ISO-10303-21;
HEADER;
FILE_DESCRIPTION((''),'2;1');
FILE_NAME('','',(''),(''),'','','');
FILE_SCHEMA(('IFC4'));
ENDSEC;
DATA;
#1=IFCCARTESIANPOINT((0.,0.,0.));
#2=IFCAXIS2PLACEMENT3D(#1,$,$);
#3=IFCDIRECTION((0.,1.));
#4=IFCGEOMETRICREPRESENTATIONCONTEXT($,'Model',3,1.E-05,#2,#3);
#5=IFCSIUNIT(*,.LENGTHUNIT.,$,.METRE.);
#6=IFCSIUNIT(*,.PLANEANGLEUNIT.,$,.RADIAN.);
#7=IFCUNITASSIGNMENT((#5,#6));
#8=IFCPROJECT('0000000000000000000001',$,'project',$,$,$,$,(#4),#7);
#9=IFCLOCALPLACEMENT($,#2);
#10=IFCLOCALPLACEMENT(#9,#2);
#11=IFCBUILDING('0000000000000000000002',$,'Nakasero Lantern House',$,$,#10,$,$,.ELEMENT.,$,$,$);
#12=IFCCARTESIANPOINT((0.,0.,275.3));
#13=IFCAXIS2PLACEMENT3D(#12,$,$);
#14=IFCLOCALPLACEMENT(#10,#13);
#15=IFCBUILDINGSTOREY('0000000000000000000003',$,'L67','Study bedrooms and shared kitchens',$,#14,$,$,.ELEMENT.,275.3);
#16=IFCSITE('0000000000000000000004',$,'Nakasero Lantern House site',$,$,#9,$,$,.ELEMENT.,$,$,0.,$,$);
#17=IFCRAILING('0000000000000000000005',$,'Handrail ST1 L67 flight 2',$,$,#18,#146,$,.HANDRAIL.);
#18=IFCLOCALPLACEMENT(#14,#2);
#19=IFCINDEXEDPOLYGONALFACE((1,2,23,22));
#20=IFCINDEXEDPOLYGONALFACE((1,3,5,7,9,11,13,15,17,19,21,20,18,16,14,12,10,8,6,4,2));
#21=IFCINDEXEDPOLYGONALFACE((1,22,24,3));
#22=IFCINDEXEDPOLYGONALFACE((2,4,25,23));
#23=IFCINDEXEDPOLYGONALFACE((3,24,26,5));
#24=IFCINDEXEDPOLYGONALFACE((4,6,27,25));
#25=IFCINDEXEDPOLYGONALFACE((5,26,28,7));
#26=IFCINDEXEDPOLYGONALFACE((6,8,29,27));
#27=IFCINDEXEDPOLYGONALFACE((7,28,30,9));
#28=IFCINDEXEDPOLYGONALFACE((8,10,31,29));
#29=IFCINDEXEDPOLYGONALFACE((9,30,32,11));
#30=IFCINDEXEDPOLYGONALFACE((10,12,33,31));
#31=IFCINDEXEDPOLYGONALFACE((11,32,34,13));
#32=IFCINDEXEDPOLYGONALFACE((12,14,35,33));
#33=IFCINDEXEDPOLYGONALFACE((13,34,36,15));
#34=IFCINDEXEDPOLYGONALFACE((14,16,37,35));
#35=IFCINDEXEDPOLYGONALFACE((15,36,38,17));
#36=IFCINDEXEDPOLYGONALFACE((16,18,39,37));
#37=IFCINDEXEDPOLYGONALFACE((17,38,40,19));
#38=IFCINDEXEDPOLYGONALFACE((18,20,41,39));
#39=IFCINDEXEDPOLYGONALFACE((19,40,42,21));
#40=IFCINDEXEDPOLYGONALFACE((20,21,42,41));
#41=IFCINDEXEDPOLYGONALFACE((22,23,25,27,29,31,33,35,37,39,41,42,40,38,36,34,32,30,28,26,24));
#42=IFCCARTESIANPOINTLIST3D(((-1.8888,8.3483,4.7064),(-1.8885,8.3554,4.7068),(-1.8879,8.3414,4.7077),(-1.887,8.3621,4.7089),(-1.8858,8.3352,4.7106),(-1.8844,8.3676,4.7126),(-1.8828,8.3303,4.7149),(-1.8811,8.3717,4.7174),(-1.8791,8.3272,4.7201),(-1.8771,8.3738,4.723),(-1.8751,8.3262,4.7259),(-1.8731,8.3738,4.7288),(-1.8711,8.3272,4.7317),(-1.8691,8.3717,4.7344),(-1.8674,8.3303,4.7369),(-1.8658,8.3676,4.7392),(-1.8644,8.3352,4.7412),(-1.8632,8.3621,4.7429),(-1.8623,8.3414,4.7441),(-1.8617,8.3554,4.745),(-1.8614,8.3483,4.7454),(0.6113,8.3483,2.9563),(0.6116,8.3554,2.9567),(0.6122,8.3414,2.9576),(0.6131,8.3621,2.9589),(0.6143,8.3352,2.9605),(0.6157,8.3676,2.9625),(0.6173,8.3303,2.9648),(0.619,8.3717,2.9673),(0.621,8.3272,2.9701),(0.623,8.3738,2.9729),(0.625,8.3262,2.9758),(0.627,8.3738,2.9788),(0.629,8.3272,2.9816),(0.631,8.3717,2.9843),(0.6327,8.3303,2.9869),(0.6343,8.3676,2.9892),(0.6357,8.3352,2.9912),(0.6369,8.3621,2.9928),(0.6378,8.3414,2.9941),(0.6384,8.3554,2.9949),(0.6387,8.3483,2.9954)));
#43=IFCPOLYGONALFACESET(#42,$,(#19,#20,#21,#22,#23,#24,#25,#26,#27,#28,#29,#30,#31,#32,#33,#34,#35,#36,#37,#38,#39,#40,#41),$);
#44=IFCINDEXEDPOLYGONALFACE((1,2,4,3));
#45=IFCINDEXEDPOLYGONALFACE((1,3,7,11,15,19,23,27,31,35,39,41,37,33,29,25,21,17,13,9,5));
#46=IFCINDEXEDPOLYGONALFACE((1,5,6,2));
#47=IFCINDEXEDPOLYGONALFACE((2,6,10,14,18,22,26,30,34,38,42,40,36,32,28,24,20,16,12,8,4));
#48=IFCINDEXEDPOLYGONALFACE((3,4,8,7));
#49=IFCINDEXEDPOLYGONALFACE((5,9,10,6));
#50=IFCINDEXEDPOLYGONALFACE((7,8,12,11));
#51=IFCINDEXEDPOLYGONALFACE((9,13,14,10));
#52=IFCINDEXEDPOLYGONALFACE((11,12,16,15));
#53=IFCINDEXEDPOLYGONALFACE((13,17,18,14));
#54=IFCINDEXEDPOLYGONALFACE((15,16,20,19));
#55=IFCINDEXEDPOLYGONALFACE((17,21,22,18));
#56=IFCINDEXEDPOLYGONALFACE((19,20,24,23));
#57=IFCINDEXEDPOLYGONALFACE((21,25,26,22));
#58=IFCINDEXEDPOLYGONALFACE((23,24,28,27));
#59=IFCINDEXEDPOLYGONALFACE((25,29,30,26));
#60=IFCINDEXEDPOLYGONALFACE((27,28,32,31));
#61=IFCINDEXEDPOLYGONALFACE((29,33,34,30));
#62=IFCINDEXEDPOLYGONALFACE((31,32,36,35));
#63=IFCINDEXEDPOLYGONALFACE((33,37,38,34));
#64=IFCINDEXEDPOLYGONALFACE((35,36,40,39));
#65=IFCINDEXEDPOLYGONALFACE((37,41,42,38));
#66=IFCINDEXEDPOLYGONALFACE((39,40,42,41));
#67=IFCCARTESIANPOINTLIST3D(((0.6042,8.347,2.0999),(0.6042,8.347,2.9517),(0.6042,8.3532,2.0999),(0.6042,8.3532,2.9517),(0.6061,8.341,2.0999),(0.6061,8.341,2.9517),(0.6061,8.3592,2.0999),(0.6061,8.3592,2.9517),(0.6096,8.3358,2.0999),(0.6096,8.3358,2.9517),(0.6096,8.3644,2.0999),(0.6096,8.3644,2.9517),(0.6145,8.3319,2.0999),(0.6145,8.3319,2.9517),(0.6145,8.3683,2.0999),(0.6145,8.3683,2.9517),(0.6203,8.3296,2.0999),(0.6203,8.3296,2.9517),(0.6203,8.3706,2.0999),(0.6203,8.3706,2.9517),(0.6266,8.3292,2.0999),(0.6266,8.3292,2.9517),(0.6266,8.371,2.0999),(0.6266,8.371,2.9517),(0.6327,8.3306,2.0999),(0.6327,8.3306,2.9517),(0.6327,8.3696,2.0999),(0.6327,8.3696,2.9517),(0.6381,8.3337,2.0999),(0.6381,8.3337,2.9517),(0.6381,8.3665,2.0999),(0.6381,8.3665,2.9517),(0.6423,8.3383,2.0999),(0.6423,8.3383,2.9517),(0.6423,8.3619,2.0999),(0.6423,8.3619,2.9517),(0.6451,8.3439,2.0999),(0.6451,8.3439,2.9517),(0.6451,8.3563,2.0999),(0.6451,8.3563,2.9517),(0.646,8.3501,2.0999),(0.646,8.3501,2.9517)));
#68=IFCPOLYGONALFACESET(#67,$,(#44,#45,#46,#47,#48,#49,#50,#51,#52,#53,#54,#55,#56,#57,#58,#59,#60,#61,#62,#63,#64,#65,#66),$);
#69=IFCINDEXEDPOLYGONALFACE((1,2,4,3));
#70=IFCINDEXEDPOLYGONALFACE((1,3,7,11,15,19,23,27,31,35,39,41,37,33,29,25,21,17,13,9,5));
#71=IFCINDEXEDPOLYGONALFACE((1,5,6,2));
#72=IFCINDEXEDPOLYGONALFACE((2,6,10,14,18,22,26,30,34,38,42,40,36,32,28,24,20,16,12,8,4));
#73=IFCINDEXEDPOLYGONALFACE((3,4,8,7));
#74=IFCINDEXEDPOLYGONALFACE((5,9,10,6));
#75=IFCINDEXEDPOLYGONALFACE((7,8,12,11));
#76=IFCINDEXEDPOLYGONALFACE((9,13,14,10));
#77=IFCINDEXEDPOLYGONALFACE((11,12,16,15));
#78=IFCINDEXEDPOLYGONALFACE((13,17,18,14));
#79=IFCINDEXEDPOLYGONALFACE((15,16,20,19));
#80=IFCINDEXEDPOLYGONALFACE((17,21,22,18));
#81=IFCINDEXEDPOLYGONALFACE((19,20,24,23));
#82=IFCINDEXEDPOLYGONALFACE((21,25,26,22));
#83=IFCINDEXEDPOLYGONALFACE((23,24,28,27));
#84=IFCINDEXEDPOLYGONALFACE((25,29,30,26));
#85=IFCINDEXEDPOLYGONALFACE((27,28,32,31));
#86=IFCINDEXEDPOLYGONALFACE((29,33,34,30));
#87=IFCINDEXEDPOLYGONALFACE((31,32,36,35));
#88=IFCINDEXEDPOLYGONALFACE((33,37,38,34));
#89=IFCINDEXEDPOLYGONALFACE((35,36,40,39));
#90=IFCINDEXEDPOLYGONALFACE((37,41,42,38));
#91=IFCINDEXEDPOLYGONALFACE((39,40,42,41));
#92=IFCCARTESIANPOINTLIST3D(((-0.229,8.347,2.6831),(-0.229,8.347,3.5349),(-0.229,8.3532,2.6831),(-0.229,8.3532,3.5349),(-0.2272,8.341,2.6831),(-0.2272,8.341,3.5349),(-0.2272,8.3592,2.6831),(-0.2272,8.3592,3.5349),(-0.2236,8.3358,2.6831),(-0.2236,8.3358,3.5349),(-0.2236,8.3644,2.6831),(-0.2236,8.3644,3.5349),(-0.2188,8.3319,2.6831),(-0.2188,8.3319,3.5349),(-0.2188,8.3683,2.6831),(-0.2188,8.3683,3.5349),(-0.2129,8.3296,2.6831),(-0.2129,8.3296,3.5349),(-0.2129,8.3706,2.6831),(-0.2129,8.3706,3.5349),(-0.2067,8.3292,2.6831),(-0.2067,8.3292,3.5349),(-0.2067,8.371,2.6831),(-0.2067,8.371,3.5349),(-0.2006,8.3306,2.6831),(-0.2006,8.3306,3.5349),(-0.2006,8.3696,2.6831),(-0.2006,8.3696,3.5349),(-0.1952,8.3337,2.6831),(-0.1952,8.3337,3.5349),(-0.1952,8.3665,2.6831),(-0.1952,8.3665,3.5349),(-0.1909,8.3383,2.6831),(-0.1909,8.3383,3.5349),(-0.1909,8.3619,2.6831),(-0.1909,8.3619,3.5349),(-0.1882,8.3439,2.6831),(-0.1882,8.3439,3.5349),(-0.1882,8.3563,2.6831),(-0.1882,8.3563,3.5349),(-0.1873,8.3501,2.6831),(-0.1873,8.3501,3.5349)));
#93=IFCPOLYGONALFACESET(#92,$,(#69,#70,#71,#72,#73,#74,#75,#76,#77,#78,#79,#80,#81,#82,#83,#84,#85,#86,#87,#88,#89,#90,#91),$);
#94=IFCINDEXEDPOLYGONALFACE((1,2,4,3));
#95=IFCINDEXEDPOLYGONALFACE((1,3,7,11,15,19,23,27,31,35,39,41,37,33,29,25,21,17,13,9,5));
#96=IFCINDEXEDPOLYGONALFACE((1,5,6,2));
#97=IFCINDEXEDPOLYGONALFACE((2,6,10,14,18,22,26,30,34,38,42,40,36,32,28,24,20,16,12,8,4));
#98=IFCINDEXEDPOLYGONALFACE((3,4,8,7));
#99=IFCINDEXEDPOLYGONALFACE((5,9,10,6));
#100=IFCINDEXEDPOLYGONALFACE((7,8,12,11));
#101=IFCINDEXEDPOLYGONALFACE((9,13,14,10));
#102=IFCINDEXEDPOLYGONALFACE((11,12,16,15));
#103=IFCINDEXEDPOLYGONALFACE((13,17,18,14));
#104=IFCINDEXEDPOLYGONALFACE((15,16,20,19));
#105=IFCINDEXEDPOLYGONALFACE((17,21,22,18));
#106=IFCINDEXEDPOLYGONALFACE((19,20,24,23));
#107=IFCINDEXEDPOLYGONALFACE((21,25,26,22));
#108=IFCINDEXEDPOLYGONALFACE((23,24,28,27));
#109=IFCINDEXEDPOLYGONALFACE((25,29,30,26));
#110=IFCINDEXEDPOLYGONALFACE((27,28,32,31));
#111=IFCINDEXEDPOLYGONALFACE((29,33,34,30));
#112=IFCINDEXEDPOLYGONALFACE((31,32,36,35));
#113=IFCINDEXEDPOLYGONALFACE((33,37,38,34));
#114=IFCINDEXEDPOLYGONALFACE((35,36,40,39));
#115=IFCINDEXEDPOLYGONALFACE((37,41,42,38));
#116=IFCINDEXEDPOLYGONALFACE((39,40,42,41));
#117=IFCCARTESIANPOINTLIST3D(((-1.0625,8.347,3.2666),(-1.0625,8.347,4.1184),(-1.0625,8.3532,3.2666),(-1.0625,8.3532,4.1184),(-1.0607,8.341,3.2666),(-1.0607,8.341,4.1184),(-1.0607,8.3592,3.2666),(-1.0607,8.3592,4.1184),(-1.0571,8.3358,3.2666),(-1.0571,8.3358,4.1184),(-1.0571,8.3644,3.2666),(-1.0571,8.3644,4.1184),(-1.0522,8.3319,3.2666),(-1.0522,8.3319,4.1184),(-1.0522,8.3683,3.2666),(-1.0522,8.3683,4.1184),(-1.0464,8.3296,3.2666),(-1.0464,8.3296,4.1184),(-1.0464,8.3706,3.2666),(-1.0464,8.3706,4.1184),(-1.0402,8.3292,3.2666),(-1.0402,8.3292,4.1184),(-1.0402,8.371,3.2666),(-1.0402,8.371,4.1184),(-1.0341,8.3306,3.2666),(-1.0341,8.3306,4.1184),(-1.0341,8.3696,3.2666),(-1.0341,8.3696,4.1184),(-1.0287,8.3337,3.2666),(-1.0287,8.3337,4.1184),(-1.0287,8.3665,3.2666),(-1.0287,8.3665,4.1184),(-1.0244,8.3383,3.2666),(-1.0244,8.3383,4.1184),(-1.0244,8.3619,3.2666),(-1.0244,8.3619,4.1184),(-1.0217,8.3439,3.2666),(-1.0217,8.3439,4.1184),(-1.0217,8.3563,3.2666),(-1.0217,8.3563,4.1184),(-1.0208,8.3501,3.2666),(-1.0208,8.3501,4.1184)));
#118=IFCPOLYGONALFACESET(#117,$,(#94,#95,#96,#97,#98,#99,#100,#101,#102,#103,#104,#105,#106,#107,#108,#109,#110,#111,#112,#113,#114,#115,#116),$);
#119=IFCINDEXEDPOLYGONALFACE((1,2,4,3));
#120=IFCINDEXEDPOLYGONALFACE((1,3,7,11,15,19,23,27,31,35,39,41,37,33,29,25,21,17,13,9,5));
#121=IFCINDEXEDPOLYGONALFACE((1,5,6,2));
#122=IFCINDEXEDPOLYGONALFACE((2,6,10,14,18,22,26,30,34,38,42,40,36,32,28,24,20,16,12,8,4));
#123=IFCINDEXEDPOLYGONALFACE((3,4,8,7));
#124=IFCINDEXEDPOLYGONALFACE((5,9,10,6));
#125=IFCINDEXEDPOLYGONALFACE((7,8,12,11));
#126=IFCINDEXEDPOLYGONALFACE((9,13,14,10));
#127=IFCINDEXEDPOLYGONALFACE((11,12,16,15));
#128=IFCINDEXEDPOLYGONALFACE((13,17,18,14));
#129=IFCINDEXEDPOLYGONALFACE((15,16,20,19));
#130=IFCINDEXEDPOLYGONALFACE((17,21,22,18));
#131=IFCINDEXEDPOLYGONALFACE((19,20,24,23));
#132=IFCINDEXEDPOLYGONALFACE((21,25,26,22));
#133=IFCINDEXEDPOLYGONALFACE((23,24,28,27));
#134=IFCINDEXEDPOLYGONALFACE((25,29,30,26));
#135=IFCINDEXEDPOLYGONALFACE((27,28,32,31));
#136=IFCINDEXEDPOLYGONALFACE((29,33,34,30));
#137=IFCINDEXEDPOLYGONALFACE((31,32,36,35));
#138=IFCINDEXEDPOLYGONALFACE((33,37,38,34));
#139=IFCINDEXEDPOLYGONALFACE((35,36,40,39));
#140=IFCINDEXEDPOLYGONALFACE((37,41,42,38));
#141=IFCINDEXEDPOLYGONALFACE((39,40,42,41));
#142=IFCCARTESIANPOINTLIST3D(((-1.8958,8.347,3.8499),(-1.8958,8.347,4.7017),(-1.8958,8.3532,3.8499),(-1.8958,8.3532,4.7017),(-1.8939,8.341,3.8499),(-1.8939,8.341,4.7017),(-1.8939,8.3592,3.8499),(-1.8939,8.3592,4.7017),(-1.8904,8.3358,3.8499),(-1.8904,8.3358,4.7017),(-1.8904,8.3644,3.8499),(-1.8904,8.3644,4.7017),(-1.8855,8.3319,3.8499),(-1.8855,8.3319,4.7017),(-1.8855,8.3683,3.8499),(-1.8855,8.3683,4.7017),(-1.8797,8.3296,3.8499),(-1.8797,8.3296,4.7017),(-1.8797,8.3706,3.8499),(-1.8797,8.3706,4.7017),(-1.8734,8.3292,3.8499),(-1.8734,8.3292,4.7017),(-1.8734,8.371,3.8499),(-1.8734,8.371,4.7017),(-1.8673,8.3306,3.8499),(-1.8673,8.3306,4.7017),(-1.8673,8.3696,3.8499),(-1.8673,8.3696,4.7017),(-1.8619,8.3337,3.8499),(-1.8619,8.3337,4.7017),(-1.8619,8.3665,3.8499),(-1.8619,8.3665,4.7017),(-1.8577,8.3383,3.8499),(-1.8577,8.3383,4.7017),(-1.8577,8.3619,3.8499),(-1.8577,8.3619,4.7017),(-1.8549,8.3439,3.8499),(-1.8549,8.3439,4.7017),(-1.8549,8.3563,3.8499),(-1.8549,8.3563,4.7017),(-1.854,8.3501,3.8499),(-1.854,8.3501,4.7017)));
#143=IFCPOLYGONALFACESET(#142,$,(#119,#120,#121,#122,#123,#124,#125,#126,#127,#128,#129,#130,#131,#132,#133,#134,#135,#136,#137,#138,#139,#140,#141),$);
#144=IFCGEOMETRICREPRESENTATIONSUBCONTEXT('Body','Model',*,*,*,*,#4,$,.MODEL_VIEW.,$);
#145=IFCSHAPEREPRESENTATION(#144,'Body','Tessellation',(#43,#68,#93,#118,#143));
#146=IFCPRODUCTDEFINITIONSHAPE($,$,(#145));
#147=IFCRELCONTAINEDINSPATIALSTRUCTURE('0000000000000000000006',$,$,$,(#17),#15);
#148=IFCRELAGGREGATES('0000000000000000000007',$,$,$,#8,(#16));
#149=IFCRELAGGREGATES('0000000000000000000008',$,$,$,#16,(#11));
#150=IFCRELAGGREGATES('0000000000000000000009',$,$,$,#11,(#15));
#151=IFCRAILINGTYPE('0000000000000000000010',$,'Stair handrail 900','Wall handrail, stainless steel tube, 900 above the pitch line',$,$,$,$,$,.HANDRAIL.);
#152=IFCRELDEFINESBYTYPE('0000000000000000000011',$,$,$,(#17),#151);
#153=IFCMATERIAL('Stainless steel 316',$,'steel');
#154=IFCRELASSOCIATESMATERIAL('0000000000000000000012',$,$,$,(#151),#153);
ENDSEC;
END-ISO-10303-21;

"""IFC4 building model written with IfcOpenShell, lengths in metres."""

from ifc_helpers import new_model, si_unit, direction, frame, origin, origin_2d, place, context, subcontext, project, spatial, circle, extrude, material, type_object, element, save


model = new_model("IFC4")

# Units and contexts
model_context = context("Model", 3, precision=1e-05, world=origin(), true_north=direction((0.0, 1.0)))
body_context = subcontext(model_context, "Body", "Model", "MODEL_VIEW")
ifc_project = project(units=[si_unit("LENGTHUNIT", "METRE"), si_unit("PLANEANGLEUNIT", "RADIAN")], contexts=[model_context])

# Site, building, storey
site_placement = place(None, origin())
site = spatial("IfcSite", under=ifc_project, at=site_placement, Name="Nakasero Lantern House site", CompositionType="ELEMENT", RefElevation=0.0)
building_placement = place(site_placement, origin())
building = spatial("IfcBuilding", under=site, at=building_placement, Name="Nakasero Lantern House", CompositionType="ELEMENT")
storey_placement = place(building_placement, frame((0.0, 0.0, 275.3)))
storey = spatial("IfcBuildingStorey", under=building, at=storey_placement, Name="L67", Description="Study bedrooms and shared kitchens", CompositionType="ELEMENT", Elevation=275.3)

# Railing
ifc_material_1 = material(Name="Stainless steel 316", Category="steel")
railing_type = type_object("IfcRailingType", Name="Stair handrail 900", Description="Wall handrail, stainless steel tube, 900 above the pitch line", PredefinedType="HANDRAIL", material=ifc_material_1)
railing_placement = place(storey_placement, frame((0.625, 8.3501, 2.0999)))
element("IfcRailing", 1, at=railing_placement, inside=storey, type_object=railing_type, Name="Handrail ST1 L67 flight 2", PredefinedType="HANDRAIL", context=body_context, shape_type="SweptSolid", body=[
    extrude(circle(Radius=0.0239, at=origin_2d()), frame((0.0, 0.0, 0.876), z_axis=(-0.819232, 0.0, 0.573462), x_axis=(0.0, -1.0, 0.0)), (0.0, 0.0, 1.0), 3.0518),
    extrude(circle(Radius=0.021, at=origin_2d()), origin(), (0.0, 0.0, 1.0), 0.8518),
    extrude(circle(Radius=0.021, at=origin_2d()), frame((-0.8333, 0.0, 0.5833)), (0.0, 0.0, 1.0), 0.8518),
    extrude(circle(Radius=0.021, at=origin_2d()), frame((-1.6667, 0.0, 1.1667)), (0.0, 0.0, 1.0), 0.8518),
    extrude(circle(Radius=0.021, at=origin_2d()), frame((-2.5, 0.0, 1.75)), (0.0, 0.0, 1.0), 0.8518),
])

save(model, "model.ifc")
